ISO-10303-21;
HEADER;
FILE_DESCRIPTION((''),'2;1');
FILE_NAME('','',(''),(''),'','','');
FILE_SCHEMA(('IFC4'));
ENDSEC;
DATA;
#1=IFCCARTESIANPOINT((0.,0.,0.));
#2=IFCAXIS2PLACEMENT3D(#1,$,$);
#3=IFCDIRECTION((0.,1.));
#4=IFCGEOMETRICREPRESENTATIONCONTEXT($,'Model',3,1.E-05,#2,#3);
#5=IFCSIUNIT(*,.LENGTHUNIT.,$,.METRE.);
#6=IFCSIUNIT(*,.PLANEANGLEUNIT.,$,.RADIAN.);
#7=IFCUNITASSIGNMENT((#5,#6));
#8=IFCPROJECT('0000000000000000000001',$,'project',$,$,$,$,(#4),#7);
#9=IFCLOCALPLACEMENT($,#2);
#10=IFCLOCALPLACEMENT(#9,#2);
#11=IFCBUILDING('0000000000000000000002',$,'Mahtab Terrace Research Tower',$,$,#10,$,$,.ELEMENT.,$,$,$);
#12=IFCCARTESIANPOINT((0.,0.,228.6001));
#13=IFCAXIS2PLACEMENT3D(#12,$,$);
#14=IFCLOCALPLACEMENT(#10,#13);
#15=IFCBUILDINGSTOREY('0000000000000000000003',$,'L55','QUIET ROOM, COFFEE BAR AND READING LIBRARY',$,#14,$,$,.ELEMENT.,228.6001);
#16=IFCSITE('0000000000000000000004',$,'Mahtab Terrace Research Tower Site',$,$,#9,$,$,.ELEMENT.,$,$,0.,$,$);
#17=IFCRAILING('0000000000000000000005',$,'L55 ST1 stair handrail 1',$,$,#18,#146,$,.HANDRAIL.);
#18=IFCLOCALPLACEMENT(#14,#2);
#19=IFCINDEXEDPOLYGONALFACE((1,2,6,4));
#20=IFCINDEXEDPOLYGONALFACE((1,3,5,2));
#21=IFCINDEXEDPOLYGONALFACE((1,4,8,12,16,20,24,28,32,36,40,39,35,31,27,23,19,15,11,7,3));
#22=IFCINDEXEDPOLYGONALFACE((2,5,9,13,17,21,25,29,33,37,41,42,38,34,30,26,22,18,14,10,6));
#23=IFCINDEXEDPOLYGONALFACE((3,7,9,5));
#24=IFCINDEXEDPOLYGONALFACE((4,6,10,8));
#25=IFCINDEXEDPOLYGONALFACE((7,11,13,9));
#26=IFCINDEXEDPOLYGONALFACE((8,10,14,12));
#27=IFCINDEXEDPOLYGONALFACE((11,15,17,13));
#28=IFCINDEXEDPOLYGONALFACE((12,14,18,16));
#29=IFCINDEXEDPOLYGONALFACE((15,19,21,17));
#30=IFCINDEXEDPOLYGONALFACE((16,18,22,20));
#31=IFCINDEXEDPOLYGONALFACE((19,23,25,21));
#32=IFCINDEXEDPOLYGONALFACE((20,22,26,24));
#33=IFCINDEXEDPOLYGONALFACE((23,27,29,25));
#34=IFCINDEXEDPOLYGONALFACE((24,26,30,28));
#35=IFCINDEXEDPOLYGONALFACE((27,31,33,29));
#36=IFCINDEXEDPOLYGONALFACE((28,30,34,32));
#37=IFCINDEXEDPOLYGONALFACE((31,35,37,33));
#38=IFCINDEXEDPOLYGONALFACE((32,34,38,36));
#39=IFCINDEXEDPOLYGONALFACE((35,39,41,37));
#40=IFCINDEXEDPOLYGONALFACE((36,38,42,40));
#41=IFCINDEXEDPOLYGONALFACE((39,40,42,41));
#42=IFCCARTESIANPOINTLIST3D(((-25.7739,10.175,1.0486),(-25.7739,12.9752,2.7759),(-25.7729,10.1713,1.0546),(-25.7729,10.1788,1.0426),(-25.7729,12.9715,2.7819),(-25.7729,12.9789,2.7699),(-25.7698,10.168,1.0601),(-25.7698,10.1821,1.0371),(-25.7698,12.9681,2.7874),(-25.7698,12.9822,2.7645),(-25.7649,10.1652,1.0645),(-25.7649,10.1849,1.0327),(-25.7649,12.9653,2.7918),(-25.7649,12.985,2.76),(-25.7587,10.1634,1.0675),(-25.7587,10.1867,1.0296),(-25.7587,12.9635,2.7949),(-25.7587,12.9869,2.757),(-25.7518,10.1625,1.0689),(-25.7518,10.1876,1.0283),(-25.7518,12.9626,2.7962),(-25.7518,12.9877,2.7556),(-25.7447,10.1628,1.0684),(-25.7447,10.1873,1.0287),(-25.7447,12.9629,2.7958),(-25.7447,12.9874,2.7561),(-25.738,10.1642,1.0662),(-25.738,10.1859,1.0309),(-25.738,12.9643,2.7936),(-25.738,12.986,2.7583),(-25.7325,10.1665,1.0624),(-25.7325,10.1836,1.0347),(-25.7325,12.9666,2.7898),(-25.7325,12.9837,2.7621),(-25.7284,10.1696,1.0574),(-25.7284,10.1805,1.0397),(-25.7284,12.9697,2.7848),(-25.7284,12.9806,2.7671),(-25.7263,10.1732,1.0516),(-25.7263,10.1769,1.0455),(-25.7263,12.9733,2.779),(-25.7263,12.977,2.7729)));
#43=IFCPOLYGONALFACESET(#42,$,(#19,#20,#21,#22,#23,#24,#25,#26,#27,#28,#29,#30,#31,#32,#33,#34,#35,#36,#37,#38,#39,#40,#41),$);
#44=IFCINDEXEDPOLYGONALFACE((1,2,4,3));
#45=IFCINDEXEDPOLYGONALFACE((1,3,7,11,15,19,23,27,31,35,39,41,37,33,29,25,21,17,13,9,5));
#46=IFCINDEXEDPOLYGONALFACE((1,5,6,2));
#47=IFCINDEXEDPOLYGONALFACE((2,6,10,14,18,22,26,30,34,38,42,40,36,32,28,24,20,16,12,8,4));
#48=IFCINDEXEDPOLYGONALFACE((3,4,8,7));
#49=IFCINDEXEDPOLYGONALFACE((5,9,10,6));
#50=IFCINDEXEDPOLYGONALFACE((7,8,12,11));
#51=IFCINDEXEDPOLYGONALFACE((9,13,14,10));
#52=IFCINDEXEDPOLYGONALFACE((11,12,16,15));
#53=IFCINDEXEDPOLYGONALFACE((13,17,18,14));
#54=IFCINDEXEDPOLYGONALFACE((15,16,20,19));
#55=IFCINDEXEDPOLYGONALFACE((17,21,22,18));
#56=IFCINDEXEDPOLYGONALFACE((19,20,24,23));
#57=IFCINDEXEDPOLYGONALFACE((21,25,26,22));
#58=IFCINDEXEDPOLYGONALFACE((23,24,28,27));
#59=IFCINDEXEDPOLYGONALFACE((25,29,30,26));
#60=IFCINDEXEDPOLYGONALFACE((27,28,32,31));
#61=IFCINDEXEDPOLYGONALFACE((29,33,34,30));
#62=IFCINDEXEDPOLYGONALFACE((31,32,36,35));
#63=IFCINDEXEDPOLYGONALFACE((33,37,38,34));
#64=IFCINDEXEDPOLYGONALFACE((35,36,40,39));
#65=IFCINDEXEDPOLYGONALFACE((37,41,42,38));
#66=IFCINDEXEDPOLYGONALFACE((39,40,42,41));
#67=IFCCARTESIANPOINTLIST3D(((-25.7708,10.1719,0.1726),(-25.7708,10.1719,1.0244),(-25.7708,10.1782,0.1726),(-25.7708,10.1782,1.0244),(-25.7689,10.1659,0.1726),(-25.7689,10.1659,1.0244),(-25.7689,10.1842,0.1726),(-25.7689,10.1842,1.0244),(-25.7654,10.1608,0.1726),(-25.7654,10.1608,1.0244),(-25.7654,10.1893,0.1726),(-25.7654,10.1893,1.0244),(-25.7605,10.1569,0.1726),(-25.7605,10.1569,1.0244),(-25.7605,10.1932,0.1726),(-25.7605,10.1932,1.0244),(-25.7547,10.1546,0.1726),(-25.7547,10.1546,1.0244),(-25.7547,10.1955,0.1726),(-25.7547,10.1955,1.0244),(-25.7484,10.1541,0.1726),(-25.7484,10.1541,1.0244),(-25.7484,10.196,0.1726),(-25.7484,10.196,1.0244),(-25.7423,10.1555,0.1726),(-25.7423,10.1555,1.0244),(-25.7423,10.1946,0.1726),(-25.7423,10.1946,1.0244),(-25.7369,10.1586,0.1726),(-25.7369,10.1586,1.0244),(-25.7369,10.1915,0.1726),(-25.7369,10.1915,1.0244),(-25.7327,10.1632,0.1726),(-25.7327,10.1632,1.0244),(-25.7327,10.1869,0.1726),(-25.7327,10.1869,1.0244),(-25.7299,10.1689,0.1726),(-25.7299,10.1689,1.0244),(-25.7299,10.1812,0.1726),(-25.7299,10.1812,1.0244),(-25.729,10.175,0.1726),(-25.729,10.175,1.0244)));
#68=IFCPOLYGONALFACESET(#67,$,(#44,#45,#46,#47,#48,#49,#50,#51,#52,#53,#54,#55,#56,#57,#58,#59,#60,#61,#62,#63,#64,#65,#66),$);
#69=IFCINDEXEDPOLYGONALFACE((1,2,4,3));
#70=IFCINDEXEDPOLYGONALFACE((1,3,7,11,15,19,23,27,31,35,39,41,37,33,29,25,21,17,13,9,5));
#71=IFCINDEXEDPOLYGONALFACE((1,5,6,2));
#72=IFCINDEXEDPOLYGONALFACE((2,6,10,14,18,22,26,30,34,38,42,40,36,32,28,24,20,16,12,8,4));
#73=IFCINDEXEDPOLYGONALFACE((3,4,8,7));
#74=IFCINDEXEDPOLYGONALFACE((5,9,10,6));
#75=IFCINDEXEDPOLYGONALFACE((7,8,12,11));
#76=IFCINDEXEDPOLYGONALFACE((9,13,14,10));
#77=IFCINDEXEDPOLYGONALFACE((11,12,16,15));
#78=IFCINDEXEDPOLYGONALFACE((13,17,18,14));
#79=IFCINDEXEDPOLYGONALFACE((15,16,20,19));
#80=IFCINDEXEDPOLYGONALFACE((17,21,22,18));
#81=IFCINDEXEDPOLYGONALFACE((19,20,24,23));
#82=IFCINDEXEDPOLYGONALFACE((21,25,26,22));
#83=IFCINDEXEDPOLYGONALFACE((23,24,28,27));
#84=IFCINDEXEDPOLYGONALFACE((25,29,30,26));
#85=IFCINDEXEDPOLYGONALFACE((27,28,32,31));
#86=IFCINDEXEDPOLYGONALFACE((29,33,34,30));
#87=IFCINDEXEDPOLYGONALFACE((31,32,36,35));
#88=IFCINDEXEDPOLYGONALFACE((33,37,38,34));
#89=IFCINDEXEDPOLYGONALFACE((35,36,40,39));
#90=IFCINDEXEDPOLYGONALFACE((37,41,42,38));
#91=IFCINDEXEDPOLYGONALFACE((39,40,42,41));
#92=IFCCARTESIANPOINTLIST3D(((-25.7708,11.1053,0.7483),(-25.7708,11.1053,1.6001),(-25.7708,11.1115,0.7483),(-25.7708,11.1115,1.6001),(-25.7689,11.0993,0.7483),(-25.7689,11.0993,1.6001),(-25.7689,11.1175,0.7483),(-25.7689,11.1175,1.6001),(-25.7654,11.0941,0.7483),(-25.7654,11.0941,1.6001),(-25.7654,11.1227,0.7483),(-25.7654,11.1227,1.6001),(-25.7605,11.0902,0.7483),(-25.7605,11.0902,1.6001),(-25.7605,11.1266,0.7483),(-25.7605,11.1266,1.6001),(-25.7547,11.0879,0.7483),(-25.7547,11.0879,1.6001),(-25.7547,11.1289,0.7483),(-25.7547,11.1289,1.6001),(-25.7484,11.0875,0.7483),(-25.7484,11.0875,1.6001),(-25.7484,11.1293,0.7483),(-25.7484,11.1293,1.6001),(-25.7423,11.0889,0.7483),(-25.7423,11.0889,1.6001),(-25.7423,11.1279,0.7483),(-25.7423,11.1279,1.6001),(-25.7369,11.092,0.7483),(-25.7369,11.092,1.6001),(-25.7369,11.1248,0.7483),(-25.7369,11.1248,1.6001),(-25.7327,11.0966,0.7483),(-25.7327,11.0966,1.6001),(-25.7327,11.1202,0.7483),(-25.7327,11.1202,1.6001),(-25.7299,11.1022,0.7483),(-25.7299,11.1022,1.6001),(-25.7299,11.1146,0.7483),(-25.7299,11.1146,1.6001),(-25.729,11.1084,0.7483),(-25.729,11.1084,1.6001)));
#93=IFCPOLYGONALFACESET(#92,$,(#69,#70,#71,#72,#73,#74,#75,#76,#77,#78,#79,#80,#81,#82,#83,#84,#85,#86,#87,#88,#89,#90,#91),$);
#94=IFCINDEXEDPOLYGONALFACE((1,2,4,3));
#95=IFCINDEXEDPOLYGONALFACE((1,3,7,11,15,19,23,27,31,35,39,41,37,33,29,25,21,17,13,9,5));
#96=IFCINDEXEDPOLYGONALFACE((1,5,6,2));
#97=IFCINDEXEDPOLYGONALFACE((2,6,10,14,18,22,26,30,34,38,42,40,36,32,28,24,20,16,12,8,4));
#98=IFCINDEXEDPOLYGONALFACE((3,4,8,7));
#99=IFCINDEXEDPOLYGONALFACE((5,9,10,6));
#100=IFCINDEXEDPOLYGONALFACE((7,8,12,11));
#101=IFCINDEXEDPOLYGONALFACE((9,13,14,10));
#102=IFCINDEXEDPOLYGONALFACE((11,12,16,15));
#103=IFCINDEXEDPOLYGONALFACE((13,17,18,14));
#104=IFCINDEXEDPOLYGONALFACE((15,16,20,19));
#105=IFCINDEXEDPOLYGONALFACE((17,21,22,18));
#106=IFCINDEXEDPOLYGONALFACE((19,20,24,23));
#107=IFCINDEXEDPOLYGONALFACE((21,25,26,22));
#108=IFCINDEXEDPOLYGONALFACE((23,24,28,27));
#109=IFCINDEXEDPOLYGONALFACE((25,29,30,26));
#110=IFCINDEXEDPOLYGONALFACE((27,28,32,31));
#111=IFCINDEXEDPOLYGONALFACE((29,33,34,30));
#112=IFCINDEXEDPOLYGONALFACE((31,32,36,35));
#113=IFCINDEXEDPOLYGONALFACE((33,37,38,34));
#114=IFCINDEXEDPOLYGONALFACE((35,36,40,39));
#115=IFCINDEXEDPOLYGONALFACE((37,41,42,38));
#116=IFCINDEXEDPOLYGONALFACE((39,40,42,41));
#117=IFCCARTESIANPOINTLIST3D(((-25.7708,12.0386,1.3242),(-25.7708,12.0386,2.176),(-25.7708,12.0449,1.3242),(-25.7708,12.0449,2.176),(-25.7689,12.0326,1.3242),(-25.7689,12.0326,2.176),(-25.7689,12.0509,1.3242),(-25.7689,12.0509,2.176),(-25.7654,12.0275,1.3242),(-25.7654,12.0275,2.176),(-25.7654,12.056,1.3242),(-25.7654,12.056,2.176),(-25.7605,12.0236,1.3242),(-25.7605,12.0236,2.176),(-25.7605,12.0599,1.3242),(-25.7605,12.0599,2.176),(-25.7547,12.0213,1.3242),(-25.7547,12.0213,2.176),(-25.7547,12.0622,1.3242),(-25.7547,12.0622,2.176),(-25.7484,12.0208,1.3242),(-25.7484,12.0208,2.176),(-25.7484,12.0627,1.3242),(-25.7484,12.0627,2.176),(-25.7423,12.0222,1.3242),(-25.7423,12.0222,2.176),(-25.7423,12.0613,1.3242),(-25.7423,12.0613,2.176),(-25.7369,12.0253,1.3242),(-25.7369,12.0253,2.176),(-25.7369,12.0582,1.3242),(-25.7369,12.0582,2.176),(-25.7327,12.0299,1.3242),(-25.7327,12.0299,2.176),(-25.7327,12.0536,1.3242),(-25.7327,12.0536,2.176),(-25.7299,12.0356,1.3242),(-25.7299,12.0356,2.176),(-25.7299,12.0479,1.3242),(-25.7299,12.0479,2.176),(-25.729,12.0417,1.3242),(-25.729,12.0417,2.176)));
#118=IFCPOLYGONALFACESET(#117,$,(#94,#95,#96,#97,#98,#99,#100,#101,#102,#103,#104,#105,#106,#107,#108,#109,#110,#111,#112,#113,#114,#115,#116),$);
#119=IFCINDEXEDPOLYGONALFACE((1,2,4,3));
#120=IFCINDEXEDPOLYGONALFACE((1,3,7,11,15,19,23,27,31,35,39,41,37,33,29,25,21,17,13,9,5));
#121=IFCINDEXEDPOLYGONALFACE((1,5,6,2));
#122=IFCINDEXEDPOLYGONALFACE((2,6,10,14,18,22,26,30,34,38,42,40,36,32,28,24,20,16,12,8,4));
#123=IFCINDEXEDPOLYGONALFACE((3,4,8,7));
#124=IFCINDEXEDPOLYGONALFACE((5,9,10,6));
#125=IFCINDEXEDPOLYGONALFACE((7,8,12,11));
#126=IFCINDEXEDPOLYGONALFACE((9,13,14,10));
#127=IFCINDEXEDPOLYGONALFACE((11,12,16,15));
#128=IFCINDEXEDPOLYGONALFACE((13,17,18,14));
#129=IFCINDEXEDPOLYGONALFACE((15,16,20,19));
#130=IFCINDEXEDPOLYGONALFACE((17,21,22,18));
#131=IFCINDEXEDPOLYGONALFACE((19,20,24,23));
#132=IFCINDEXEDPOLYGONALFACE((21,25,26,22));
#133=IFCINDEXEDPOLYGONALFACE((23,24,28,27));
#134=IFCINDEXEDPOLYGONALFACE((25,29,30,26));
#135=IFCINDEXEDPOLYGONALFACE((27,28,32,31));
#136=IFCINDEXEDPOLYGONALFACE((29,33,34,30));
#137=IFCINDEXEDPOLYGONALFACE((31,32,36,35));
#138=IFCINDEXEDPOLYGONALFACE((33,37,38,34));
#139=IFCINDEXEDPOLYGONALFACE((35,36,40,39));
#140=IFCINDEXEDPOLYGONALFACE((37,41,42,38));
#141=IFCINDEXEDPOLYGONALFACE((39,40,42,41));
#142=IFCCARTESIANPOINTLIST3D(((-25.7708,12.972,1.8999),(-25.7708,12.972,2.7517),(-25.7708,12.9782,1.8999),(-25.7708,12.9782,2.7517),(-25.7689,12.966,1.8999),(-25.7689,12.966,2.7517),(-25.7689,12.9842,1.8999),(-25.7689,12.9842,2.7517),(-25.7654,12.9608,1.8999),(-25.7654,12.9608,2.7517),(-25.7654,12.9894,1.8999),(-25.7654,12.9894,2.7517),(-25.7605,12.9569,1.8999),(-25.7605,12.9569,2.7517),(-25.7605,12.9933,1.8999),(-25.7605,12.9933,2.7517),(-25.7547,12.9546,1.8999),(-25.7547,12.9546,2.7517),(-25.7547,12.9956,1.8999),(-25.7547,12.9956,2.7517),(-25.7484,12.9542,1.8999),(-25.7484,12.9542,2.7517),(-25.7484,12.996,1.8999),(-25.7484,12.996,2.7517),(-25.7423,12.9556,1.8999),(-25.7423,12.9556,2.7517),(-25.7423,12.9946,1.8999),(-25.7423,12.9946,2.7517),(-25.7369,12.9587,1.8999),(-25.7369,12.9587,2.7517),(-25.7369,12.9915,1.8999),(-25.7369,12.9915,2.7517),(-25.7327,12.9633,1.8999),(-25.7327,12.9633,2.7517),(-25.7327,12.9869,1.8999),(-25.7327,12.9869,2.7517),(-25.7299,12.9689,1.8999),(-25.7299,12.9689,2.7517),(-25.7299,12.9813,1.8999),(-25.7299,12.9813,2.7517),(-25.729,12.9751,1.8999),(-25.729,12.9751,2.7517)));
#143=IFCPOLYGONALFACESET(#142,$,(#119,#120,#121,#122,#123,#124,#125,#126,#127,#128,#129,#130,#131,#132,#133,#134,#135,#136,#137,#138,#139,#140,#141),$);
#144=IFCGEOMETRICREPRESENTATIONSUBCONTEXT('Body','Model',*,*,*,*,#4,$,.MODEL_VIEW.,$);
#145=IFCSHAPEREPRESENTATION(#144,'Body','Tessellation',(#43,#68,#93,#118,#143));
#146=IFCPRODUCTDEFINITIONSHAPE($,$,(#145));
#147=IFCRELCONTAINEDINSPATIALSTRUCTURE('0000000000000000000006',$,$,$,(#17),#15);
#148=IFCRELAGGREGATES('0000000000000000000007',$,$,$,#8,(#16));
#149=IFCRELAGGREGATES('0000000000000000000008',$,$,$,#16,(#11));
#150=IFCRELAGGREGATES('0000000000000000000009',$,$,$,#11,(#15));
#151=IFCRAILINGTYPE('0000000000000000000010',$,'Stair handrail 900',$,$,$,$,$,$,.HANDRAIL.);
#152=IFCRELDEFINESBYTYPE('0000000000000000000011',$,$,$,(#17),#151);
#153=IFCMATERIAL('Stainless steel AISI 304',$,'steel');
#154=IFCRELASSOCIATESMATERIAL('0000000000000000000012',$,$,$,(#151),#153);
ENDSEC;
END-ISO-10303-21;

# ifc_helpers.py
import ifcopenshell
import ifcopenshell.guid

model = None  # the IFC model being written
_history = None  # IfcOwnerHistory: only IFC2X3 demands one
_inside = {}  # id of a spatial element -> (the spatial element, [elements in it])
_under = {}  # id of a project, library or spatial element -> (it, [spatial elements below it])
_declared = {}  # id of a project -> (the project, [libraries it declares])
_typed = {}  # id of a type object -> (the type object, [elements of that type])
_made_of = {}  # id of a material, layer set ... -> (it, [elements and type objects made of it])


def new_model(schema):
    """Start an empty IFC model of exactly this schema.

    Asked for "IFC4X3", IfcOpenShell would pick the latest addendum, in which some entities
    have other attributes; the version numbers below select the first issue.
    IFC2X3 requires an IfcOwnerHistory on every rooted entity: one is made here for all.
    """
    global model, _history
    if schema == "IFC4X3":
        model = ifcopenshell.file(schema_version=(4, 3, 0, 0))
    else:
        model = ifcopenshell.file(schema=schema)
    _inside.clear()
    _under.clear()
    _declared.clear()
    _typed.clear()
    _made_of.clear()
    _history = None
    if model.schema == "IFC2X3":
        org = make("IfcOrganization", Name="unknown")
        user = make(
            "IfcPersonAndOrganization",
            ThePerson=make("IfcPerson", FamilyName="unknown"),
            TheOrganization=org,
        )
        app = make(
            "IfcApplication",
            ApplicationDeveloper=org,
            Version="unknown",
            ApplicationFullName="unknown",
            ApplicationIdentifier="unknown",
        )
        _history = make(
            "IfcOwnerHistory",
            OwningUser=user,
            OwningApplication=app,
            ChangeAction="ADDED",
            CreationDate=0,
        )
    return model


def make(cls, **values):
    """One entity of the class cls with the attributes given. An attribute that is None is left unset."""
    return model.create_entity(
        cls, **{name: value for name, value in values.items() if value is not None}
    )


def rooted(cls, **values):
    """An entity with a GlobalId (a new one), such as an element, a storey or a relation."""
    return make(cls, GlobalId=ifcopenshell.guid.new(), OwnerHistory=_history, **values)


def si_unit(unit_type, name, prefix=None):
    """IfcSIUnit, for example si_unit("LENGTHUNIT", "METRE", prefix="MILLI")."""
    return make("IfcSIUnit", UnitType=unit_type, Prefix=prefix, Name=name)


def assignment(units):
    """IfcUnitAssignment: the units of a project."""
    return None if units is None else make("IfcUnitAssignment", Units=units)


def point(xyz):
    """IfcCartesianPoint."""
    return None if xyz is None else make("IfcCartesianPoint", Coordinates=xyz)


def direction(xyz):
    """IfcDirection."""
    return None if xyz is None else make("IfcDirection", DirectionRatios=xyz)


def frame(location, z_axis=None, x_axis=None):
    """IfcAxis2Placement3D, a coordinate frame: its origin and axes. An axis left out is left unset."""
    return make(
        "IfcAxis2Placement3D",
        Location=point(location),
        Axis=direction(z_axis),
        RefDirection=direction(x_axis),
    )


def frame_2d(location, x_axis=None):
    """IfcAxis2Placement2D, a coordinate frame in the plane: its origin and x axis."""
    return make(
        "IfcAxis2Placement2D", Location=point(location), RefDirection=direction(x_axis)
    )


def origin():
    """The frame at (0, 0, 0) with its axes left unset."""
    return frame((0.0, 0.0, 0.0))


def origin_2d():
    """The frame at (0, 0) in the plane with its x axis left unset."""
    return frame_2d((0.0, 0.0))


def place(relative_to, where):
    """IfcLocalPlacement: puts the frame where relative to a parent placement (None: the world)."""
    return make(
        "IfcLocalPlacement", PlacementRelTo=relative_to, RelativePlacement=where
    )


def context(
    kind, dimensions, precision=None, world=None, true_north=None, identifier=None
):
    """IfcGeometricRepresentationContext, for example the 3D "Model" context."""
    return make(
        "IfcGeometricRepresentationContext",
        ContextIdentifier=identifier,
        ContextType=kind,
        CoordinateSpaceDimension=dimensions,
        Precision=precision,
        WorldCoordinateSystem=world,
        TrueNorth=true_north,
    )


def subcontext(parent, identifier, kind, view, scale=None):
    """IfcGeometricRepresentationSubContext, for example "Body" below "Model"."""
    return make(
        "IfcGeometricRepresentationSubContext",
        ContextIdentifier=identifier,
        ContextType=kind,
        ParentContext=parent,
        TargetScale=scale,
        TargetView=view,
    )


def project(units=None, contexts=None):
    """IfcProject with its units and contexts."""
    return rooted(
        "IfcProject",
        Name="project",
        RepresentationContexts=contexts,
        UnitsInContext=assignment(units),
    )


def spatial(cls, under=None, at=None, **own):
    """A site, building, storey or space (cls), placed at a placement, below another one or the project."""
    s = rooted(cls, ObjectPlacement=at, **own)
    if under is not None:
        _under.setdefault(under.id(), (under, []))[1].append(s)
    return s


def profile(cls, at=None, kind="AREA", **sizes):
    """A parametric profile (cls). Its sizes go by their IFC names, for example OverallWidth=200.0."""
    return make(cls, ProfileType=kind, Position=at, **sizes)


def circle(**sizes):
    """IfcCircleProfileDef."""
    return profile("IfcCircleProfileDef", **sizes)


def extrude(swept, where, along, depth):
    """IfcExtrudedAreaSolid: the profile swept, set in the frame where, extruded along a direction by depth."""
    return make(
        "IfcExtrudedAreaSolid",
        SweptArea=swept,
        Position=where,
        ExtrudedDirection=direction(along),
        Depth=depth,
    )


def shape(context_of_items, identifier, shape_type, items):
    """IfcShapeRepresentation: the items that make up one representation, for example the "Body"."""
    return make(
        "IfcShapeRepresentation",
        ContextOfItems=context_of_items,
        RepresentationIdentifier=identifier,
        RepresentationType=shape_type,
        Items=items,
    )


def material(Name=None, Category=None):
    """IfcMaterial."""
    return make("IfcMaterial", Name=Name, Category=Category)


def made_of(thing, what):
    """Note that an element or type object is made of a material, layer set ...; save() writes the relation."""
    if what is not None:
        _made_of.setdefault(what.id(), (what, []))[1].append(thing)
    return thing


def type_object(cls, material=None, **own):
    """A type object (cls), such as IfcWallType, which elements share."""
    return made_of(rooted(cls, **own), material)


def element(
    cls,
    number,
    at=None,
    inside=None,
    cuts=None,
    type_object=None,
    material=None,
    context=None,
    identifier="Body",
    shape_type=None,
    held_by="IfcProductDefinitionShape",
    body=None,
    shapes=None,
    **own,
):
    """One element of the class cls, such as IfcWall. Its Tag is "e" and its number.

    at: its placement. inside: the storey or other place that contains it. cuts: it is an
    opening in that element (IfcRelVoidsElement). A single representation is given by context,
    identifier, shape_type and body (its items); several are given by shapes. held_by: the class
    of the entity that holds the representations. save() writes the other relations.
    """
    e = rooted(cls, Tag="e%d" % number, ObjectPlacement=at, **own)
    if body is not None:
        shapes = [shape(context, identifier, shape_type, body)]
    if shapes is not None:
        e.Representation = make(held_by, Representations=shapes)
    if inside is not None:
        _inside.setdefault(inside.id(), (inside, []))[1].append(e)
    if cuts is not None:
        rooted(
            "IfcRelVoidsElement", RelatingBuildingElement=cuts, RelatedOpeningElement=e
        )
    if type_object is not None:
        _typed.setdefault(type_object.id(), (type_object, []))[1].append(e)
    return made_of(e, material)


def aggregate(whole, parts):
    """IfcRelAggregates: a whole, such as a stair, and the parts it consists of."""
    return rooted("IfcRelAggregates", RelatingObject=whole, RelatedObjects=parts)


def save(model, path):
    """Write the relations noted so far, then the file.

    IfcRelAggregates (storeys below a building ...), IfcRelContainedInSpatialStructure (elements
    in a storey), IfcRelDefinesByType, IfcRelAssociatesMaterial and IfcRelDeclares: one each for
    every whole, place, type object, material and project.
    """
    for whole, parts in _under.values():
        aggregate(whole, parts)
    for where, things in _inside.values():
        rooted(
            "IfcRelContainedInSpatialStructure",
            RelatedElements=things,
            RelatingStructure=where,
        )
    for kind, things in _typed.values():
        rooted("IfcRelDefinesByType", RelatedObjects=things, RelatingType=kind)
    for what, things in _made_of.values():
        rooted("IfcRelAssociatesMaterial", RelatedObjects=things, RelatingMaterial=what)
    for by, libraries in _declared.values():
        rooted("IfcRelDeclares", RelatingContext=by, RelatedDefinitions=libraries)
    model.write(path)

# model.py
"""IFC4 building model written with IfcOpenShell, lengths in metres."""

from ifc_helpers import new_model, si_unit, direction, frame, origin, origin_2d, place, context, subcontext, project, spatial, circle, extrude, material, type_object, element, save


model = new_model("IFC4")

# Units and contexts
model_context = context("Model", 3, precision=1e-05, world=origin(), true_north=direction((0.0, 1.0)))
body_context = subcontext(model_context, "Body", "Model", "MODEL_VIEW")
ifc_project = project(units=[si_unit("LENGTHUNIT", "METRE"), si_unit("PLANEANGLEUNIT", "RADIAN")], contexts=[model_context])

# Site, building, storey
site_placement = place(None, origin())
site = spatial("IfcSite", under=ifc_project, at=site_placement, Name="Mahtab Terrace Research Tower Site", CompositionType="ELEMENT", RefElevation=0.0)
building_placement = place(site_placement, origin())
building = spatial("IfcBuilding", under=site, at=building_placement, Name="Mahtab Terrace Research Tower", CompositionType="ELEMENT")
storey_placement = place(building_placement, frame((0.0, 0.0, 228.6001)))
storey = spatial("IfcBuildingStorey", under=building, at=storey_placement, Name="L55", Description="QUIET ROOM, COFFEE BAR AND READING LIBRARY", CompositionType="ELEMENT", Elevation=228.6001)

# Railing
ifc_material_1 = material(Name="Stainless steel AISI 304", Category="steel")
railing_type_1 = type_object("IfcRailingType", Name="Stair handrail 900", PredefinedType="HANDRAIL", material=ifc_material_1)
railing_1_placement = place(storey_placement, frame((-25.75, 10.175, 0.1726)))
element("IfcRailing", 1, at=railing_1_placement, inside=storey, type_object=railing_type_1, Name="L55 ST1 stair handrail 1", PredefinedType="HANDRAIL", context=body_context, shape_type="SweptSolid", body=[
    extrude(circle(Radius=0.0239, at=origin_2d()), frame((0.0, 0.0, 0.876), z_axis=(0.0, 0.85109, 0.52502), x_axis=(-1.0, 0.0, 0.0)), (0.0, 0.0, 1.0), 3.29),
    extrude(circle(Radius=0.021, at=origin_2d()), origin(), (0.0, 0.0, 1.0), 0.8518),
    extrude(circle(Radius=0.021, at=origin_2d()), frame((0.0, 0.9333, 0.5757)), (0.0, 0.0, 1.0), 0.8518),
    extrude(circle(Radius=0.021, at=origin_2d()), frame((0.0, 1.8667, 1.1516)), (0.0, 0.0, 1.0), 0.8518),
    extrude(circle(Radius=0.021, at=origin_2d()), frame((0.0, 2.8, 1.7273)), (0.0, 0.0, 1.0), 0.8518),
])

save(model, "model.ifc")
